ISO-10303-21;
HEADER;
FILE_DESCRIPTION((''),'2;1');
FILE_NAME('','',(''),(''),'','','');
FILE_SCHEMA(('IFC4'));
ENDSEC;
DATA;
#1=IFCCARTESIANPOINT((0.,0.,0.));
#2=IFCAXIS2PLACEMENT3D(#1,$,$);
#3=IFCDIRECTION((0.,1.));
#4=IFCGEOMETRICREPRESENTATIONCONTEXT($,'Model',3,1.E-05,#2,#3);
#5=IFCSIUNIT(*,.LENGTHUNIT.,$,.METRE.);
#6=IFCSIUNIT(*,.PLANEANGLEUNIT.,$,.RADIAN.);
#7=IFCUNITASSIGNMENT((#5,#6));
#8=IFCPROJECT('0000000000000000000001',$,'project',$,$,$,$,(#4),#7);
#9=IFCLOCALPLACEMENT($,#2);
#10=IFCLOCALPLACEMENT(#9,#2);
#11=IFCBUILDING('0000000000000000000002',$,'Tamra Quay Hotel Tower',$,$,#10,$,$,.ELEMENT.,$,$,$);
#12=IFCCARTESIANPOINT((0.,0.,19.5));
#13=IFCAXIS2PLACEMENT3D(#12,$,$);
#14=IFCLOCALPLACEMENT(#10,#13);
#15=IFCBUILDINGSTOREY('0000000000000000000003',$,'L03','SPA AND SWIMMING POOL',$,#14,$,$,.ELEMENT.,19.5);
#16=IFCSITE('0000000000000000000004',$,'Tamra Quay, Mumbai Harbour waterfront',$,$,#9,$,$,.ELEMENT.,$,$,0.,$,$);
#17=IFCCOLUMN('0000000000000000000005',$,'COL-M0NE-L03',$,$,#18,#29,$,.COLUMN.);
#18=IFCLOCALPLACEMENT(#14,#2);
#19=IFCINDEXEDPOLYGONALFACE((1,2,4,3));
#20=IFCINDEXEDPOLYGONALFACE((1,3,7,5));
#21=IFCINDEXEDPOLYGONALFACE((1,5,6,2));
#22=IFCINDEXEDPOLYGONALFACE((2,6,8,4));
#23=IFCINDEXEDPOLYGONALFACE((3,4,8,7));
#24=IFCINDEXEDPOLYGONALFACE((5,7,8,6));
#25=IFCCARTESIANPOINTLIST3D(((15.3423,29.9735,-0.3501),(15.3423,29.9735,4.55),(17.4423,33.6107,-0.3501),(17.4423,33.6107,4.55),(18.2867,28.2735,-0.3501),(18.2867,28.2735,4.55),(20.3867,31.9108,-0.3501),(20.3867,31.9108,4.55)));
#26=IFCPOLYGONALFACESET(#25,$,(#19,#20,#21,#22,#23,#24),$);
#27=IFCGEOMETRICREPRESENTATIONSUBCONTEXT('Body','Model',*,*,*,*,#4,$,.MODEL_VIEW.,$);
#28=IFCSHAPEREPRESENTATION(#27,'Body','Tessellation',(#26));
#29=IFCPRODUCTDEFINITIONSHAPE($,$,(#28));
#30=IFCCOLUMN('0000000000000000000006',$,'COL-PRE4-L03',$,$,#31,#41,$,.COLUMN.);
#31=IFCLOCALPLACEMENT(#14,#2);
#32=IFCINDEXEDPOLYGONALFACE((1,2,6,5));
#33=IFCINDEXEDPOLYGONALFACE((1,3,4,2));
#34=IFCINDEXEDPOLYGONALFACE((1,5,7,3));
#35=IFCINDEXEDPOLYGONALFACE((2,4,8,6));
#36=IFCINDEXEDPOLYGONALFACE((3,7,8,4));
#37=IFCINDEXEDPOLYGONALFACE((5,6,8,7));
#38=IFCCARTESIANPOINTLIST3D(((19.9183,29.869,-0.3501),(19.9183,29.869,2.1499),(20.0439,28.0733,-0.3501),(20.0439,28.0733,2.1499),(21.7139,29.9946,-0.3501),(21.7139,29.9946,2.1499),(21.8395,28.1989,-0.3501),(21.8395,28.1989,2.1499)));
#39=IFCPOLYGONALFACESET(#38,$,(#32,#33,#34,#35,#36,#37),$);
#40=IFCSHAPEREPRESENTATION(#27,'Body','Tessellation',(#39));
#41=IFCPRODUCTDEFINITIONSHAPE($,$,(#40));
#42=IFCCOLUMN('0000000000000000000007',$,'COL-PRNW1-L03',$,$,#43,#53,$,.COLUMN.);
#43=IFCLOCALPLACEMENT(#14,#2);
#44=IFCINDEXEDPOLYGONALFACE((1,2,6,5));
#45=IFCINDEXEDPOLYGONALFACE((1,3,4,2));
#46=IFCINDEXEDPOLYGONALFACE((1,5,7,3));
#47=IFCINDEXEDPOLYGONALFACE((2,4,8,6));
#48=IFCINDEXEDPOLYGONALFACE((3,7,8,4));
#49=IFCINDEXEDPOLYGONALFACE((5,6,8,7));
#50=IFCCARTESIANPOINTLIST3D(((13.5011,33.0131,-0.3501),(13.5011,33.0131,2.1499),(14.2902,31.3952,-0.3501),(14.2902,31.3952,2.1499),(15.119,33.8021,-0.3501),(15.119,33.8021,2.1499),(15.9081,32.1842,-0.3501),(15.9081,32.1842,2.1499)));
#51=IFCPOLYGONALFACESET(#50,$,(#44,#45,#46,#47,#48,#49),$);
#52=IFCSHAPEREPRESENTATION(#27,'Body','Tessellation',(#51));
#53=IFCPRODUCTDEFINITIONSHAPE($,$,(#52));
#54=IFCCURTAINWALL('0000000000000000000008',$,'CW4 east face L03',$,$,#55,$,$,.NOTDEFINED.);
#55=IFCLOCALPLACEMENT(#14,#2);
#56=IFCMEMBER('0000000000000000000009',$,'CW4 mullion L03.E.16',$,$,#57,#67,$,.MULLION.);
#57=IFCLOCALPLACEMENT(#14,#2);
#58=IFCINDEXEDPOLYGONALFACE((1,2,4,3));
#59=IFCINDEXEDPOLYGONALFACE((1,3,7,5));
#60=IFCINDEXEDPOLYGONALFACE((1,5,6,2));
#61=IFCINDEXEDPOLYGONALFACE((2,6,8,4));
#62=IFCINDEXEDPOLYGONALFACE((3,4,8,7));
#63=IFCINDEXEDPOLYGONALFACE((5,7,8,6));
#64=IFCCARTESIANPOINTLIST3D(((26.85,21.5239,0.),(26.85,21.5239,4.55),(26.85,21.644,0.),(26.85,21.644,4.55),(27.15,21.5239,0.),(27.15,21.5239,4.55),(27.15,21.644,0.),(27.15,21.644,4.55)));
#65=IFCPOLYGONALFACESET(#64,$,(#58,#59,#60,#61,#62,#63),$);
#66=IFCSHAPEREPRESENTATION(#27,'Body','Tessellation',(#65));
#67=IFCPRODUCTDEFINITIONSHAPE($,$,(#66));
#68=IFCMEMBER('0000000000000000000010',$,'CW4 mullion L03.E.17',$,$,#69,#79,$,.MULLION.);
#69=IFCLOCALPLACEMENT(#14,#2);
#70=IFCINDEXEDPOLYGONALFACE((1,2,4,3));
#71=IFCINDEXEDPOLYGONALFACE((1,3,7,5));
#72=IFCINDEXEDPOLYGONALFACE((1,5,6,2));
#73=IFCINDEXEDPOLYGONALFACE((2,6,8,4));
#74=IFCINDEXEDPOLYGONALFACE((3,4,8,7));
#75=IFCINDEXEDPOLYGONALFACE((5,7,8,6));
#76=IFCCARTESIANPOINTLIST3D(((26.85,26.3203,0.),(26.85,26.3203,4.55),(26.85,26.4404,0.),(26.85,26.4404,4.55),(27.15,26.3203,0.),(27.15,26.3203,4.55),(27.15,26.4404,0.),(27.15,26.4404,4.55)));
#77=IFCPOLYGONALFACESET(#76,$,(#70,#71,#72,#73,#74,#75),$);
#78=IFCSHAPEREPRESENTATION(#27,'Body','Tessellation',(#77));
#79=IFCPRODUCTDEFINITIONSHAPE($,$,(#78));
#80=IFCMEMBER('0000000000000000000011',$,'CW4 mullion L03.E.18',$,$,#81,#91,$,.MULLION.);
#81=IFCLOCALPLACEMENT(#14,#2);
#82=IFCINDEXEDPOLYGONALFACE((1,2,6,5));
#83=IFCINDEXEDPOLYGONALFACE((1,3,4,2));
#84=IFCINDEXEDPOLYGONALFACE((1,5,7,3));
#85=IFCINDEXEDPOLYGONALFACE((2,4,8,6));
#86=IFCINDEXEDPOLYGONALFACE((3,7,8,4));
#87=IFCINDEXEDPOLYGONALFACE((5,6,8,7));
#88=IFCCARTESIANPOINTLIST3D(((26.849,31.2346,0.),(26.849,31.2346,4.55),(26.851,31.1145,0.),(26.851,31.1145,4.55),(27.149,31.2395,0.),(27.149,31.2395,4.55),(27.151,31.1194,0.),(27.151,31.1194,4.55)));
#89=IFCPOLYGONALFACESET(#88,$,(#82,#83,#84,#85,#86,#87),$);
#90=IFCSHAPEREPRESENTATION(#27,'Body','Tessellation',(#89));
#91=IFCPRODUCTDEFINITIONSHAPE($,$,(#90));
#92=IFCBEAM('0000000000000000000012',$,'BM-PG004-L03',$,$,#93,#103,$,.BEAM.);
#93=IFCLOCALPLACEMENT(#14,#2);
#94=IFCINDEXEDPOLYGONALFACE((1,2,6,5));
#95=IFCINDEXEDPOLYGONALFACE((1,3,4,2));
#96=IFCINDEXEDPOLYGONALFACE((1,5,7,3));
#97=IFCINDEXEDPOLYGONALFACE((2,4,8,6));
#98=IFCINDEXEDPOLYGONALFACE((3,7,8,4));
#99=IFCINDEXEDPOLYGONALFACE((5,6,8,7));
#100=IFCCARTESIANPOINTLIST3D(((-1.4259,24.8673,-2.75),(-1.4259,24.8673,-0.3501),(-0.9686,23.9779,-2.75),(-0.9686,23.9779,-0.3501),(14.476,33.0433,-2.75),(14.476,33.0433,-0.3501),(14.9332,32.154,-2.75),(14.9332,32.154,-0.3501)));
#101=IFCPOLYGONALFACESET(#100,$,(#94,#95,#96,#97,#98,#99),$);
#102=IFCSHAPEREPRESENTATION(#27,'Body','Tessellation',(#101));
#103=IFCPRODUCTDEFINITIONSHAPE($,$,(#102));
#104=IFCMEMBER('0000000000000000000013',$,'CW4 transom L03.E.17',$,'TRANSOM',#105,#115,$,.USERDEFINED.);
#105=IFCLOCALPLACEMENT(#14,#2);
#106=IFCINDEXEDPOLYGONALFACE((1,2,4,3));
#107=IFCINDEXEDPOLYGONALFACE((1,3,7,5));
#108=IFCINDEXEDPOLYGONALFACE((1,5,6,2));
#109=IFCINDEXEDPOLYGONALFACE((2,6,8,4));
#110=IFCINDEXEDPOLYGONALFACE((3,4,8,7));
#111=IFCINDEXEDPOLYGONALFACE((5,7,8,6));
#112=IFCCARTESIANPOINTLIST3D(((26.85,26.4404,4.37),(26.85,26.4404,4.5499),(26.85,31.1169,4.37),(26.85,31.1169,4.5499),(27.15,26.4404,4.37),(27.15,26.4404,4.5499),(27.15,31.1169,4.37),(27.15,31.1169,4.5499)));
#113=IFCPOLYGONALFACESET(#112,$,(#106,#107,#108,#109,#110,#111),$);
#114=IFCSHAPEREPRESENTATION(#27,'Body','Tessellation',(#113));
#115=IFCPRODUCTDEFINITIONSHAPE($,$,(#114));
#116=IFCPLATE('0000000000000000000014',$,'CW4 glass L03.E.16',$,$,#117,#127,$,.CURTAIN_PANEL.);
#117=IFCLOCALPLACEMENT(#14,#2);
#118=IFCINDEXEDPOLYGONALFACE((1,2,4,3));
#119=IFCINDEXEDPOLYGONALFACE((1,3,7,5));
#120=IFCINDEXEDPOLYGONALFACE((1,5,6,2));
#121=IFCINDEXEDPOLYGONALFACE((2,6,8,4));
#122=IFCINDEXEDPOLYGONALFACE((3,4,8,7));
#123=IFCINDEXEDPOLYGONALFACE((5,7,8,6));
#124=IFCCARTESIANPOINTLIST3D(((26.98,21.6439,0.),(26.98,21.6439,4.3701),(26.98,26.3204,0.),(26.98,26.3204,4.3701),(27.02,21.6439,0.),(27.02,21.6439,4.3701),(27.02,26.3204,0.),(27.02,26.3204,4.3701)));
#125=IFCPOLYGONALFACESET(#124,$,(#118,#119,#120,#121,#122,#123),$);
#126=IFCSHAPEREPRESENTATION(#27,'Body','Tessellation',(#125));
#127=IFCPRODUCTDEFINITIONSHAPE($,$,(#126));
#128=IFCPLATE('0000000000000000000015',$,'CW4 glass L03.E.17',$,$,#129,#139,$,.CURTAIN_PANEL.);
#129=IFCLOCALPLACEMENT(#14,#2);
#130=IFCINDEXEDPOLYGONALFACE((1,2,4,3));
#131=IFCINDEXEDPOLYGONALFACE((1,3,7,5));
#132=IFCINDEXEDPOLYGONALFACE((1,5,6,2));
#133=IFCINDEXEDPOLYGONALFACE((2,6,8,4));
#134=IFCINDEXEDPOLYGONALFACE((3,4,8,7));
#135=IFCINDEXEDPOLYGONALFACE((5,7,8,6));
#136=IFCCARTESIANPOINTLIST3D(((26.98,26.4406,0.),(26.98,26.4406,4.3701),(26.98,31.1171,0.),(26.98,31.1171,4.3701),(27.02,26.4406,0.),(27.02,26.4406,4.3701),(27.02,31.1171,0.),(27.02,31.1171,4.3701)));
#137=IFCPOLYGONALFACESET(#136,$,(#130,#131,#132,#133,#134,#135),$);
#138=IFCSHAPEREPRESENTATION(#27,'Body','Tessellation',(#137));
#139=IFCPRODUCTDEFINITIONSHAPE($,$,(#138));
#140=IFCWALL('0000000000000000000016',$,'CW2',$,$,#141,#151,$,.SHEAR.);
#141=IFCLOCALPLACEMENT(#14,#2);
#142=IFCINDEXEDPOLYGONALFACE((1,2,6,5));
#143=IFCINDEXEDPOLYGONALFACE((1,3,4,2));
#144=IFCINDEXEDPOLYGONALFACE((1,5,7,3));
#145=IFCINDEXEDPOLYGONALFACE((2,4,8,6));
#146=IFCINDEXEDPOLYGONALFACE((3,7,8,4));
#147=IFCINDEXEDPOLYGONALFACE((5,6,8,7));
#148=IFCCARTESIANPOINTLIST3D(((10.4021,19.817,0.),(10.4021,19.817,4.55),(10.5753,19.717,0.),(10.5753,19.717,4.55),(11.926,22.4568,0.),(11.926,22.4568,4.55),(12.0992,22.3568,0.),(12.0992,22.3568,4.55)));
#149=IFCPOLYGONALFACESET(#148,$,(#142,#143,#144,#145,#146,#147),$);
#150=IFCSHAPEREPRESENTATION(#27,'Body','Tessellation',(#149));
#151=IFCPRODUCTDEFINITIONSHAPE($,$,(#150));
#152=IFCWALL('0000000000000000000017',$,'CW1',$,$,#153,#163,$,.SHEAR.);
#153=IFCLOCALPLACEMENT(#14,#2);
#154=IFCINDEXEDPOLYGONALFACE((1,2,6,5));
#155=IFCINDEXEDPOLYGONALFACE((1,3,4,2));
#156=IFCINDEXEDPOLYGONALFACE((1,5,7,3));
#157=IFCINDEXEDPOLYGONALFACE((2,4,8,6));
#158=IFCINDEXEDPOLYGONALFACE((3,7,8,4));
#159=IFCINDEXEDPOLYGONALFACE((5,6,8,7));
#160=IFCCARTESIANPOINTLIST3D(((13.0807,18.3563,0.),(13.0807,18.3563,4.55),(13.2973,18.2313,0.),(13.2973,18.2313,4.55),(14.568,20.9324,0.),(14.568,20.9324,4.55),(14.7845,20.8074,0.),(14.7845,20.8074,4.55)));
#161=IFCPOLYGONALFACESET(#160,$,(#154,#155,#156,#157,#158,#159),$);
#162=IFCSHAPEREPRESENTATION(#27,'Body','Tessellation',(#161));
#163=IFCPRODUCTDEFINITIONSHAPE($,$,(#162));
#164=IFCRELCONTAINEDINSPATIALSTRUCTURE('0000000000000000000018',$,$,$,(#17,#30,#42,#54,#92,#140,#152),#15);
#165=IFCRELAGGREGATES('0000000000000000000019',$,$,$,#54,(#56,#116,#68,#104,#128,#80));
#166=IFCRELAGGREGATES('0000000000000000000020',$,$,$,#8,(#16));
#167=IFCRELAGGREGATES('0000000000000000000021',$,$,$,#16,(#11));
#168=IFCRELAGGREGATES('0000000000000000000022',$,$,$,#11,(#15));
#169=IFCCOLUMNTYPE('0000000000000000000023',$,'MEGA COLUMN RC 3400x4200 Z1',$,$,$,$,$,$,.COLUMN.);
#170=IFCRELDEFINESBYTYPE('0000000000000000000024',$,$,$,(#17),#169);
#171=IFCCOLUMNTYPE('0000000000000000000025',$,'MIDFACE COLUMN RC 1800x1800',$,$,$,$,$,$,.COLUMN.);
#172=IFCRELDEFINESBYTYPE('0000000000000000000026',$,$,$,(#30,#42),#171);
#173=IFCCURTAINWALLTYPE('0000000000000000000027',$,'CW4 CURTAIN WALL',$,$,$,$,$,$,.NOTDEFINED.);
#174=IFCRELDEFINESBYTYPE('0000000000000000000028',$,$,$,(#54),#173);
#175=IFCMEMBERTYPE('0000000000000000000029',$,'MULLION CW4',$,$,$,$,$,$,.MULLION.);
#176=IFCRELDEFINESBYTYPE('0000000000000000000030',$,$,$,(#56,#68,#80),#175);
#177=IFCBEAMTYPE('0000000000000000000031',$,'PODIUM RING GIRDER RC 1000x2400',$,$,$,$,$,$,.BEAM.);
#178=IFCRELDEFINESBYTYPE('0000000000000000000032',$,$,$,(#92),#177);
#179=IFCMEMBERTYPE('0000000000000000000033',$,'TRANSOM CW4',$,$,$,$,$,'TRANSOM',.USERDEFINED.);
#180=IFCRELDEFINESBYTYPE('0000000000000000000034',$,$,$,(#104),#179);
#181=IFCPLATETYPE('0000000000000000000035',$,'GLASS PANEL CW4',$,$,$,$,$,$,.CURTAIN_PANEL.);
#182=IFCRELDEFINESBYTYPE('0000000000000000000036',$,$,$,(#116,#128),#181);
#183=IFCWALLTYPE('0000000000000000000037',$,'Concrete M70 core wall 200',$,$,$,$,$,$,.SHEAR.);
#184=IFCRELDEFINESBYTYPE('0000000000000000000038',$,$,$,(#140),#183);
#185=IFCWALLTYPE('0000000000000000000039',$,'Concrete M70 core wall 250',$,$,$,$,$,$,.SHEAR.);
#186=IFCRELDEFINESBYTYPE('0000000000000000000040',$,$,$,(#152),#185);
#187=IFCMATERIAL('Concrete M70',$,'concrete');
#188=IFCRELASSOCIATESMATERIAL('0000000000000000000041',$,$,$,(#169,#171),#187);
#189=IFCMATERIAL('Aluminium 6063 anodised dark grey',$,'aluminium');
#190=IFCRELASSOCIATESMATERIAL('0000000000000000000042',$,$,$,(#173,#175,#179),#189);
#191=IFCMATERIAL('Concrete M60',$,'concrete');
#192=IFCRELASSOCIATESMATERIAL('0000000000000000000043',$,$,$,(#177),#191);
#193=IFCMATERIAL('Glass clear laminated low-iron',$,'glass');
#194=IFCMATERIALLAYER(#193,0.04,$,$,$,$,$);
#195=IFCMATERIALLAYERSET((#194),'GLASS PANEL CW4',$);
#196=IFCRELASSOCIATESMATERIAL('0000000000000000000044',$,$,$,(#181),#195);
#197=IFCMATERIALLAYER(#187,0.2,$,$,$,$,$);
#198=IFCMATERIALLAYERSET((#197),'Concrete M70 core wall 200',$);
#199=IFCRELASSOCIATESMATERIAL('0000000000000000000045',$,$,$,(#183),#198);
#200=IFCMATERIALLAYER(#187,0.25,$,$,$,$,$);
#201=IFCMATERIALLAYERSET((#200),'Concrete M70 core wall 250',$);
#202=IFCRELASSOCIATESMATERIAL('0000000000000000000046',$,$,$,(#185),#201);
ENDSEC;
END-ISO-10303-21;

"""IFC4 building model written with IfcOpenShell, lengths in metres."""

from ifc_helpers import new_model, si_unit, direction, frame, frame_2d, origin, origin_2d, place, context, subcontext, project, spatial, rectangle, extrude, material, layer, layer_set, material_profile, profile_set, type_object, element, aggregate, save


model = new_model("IFC4")

# Units and contexts
model_context = context("Model", 3, precision=1e-05, world=origin(), true_north=direction((0.0, 1.0)))
body_context = subcontext(model_context, "Body", "Model", "MODEL_VIEW")
ifc_project = project(units=[si_unit("LENGTHUNIT", "METRE"), si_unit("PLANEANGLEUNIT", "RADIAN")], contexts=[model_context])

# Site, building, storey
site_placement = place(None, origin())
site = spatial("IfcSite", under=ifc_project, at=site_placement, Name="Tamra Quay, Mumbai Harbour waterfront", CompositionType="ELEMENT", RefElevation=0.0)
building_placement = place(site_placement, origin())
building = spatial("IfcBuilding", under=site, at=building_placement, Name="Tamra Quay Hotel Tower", CompositionType="ELEMENT")
storey_placement = place(building_placement, frame((0.0, 0.0, 19.5)))
storey = spatial("IfcBuildingStorey", under=building, at=storey_placement, Name="L03", Description="SPA AND SWIMMING POOL", CompositionType="ELEMENT", Elevation=19.5)

# Columns
ifc_material_1 = material(Name="Concrete M70", Category="concrete")
ifc_material_profile_1 = material_profile(ifc_material_1, rectangle(XDim=4.2, YDim=3.3999, at=origin_2d()), Name="MEGA COLUMN RC 3400x4200 Z1")
ifc_profile_set_1 = profile_set([ifc_material_profile_1], Name="Concrete M70")
column_type_1 = type_object("IfcColumnType", Name="MEGA COLUMN RC 3400x4200 Z1", PredefinedType="COLUMN", material=ifc_profile_set_1)
column_placement = place(storey_placement, frame((17.8645, 30.9421, -0.3501), z_axis=(0.0, 0.0, 1.0), x_axis=(0.5, 0.866025, 0.0)))
element("IfcColumn", 1, at=column_placement, inside=storey, type_object=column_type_1, Name="COL-M0NE-L03", PredefinedType="COLUMN", context=body_context, shape_type="SweptSolid", body=[
    extrude(rectangle(XDim=4.2, YDim=3.3999, at=origin_2d()), origin(), (0.0, 0.0, 1.0), 4.9001),
])
ifc_material_profile_2 = material_profile(ifc_material_1, rectangle(XDim=1.8, YDim=1.8, at=origin_2d()), Name="MIDFACE COLUMN RC 1800x1800")
ifc_profile_set_2 = profile_set([ifc_material_profile_2], Name="Concrete M70")
column_type_2 = type_object("IfcColumnType", Name="MIDFACE COLUMN RC 1800x1800", PredefinedType="COLUMN", material=ifc_profile_set_2)
for number, where, z_axis, x_axis, name in (
    (2, (20.8789, 29.0339, -0.3501), (0.0, 0.0, 1.0), (0.997562, 0.06979, 0.0), "COL-PRE4-L03"),
    (3, (14.7046, 32.5986, -0.3501), (0.0, 0.0, 1.0), (-0.438341, 0.898809, 0.0), "COL-PRNW1-L03"),
):
    element("IfcColumn", number, at=place(storey_placement, frame(where, z_axis=z_axis, x_axis=x_axis)), inside=storey, type_object=column_type_2, Name=name, PredefinedType="COLUMN", context=body_context, shape_type="SweptSolid", body=[
        extrude(rectangle(XDim=1.8, YDim=1.8, at=origin_2d()), origin(), (0.0, 0.0, 1.0), 2.5),
    ])

# Curtain wall, members
ifc_material_2 = material(Name="Aluminium 6063 anodised dark grey", Category="aluminium")
curtain_wall_type = type_object("IfcCurtainWallType", Name="CW4 CURTAIN WALL", PredefinedType="NOTDEFINED", material=ifc_material_2)
curtain_wall_placement = place(storey_placement, origin())
curtain_wall = element("IfcCurtainWall", 4, at=curtain_wall_placement, inside=storey, type_object=curtain_wall_type, Name="CW4 east face L03", PredefinedType="NOTDEFINED")
ifc_material_profile_3 = material_profile(ifc_material_2, rectangle(XDim=0.3, YDim=0.1201, at=origin_2d()), Name="MULLION 120X300")
ifc_profile_set_3 = profile_set([ifc_material_profile_3], Name="Aluminium 6063 anodised dark grey")
member_type_1 = type_object("IfcMemberType", Name="MULLION CW4", PredefinedType="MULLION", material=ifc_profile_set_3)
member_1_placement = place(storey_placement, frame((27.0, 21.584, 0.0), z_axis=(0.0, 0.0, 1.0), x_axis=(1.0, 0.0, 0.0)))
member_1 = element("IfcMember", 5, at=member_1_placement, type_object=member_type_1, Name="CW4 mullion L03.E.16", PredefinedType="MULLION", context=body_context, shape_type="SweptSolid", body=[
    extrude(rectangle(XDim=0.3, YDim=0.1201, at=origin_2d()), origin(), (0.0, 0.0, 1.0), 4.55),
])
member_2_placement = place(storey_placement, frame((27.0, 26.3804, 0.0), z_axis=(0.0, 0.0, 1.0), x_axis=(1.0, 0.0, 0.0)))
member_2 = element("IfcMember", 6, at=member_2_placement, type_object=member_type_1, Name="CW4 mullion L03.E.17", PredefinedType="MULLION", context=body_context, shape_type="SweptSolid", body=[
    extrude(rectangle(XDim=0.3, YDim=0.1201, at=origin_2d()), origin(), (0.0, 0.0, 1.0), 4.55),
])
member_3_placement = place(storey_placement, frame((27.0, 31.177, 0.0), z_axis=(0.0, 0.0, 1.0), x_axis=(0.999866, 0.016362, 0.0)))
member_3 = element("IfcMember", 7, at=member_3_placement, type_object=member_type_1, Name="CW4 mullion L03.E.18", PredefinedType="MULLION", context=body_context, shape_type="SweptSolid", body=[
    extrude(rectangle(XDim=0.3, YDim=0.1201, at=origin_2d()), origin(), (0.0, 0.0, 1.0), 4.55),
])

# Beam
ifc_material_3 = material(Name="Concrete M60", Category="concrete")
ifc_material_profile_4 = material_profile(ifc_material_3, rectangle(XDim=1.0, YDim=2.3999, at=origin_2d()), Name="PODIUM RING GIRDER RC 1000x2400")
ifc_profile_set_4 = profile_set([ifc_material_profile_4], Name="Concrete M60")
beam_type = type_object("IfcBeamType", Name="PODIUM RING GIRDER RC 1000x2400", PredefinedType="BEAM", material=ifc_profile_set_4)
beam_placement = place(storey_placement, frame((14.7046, 32.5986, -1.55), z_axis=(-0.889335, -0.457256, 0.0), x_axis=(0.457256, -0.889335, 0.0)))
element("IfcBeam", 8, at=beam_placement, inside=storey, type_object=beam_type, Name="BM-PG004-L03", PredefinedType="BEAM", context=body_context, shape_type="SweptSolid", body=[
    extrude(rectangle(XDim=1.0, YDim=2.3999, at=origin_2d()), origin(), (0.0, 0.0, 1.0), 17.8806),
])

# Member
ifc_material_profile_5 = material_profile(ifc_material_2, rectangle(XDim=0.3, YDim=0.1799, at=origin_2d()), Name="TRANSOM 300X180")
ifc_profile_set_5 = profile_set([ifc_material_profile_5], Name="Aluminium 6063 anodised dark grey")
member_type_2 = type_object("IfcMemberType", Name="TRANSOM CW4", ElementType="TRANSOM", PredefinedType="USERDEFINED", material=ifc_profile_set_5)
member_4_placement = place(storey_placement, frame((27.0, 26.4404, 4.46), z_axis=(0.0, 1.0, 0.0), x_axis=(-1.0, 0.0, 0.0)))
member_4 = element("IfcMember", 9, at=member_4_placement, type_object=member_type_2, Name="CW4 transom L03.E.17", ObjectType="TRANSOM", PredefinedType="USERDEFINED", context=body_context, shape_type="SweptSolid", body=[
    extrude(rectangle(XDim=0.3, YDim=0.1799, at=origin_2d()), origin(), (0.0, 0.0, 1.0), 4.6765),
])

# Plates
ifc_material_4 = material(Name="Glass clear laminated low-iron", Category="glass")
ifc_layer_1 = layer(ifc_material_4, 0.04)
ifc_layer_set_1 = layer_set([ifc_layer_1], Name="GLASS PANEL CW4")
plate_type = type_object("IfcPlateType", Name="GLASS PANEL CW4", PredefinedType="CURTAIN_PANEL", material=ifc_layer_set_1)
plate_1_placement = place(storey_placement, frame((27.0, 23.9822, 0.0), z_axis=(0.0, 0.0, 1.0), x_axis=(0.0, 1.0, 0.0)))
plate_1 = element("IfcPlate", 10, at=plate_1_placement, type_object=plate_type, Name="CW4 glass L03.E.16", PredefinedType="CURTAIN_PANEL", context=body_context, shape_type="SweptSolid", body=[
    extrude(rectangle(XDim=4.6765, YDim=0.04, at=origin_2d()), origin(), (0.0, 0.0, 1.0), 4.3701),
])
plate_2_placement = place(storey_placement, frame((27.0, 28.7788, 0.0), z_axis=(0.0, 0.0, 1.0), x_axis=(0.0, 1.0, 0.0)))
plate_2 = element("IfcPlate", 11, at=plate_2_placement, type_object=plate_type, Name="CW4 glass L03.E.17", PredefinedType="CURTAIN_PANEL", context=body_context, shape_type="SweptSolid", body=[
    extrude(rectangle(XDim=4.6765, YDim=0.04, at=origin_2d()), origin(), (0.0, 0.0, 1.0), 4.3701),
])
aggregate(curtain_wall, [member_1, plate_1, member_2, member_4, plate_2, member_3])

# Walls
ifc_layer_2 = layer(ifc_material_1, 0.2)
ifc_layer_set_2 = layer_set([ifc_layer_2], Name="Concrete M70 core wall 200")
wall_type_1 = type_object("IfcWallType", Name="Concrete M70 core wall 200", PredefinedType="SHEAR", material=ifc_layer_set_2)
wall_1_placement = place(storey_placement, frame((10.4888, 19.7671, 0.0), z_axis=(0.0, 0.0, 1.0), x_axis=(0.499947, 0.866056, 0.0)))
element("IfcWall", 12, at=wall_1_placement, inside=storey, type_object=wall_type_1, Name="CW2", PredefinedType="SHEAR", context=body_context, shape_type="SweptSolid", body=[
    extrude(rectangle(XDim=3.0481, YDim=0.2, at=frame_2d((1.5239, 0.0))), origin(), (0.0, 0.0, 1.0), 4.55),
])
ifc_layer_3 = layer(ifc_material_1, 0.25)
ifc_layer_set_3 = layer_set([ifc_layer_3], Name="Concrete M70 core wall 250")
wall_type_2 = type_object("IfcWallType", Name="Concrete M70 core wall 250", PredefinedType="SHEAR", material=ifc_layer_set_3)
wall_2_placement = place(storey_placement, frame((14.6763, 20.8699, 0.0), z_axis=(0.0, 0.0, 1.0), x_axis=(-0.499988, -0.866033, 0.0)))
element("IfcWall", 13, at=wall_2_placement, inside=storey, type_object=wall_type_2, Name="CW1", PredefinedType="SHEAR", context=body_context, shape_type="SweptSolid", body=[
    extrude(rectangle(XDim=2.9746, YDim=0.25, at=frame_2d((1.4873, 0.0))), origin(), (0.0, 0.0, 1.0), 4.55),
])

save(model, "model.ifc")
